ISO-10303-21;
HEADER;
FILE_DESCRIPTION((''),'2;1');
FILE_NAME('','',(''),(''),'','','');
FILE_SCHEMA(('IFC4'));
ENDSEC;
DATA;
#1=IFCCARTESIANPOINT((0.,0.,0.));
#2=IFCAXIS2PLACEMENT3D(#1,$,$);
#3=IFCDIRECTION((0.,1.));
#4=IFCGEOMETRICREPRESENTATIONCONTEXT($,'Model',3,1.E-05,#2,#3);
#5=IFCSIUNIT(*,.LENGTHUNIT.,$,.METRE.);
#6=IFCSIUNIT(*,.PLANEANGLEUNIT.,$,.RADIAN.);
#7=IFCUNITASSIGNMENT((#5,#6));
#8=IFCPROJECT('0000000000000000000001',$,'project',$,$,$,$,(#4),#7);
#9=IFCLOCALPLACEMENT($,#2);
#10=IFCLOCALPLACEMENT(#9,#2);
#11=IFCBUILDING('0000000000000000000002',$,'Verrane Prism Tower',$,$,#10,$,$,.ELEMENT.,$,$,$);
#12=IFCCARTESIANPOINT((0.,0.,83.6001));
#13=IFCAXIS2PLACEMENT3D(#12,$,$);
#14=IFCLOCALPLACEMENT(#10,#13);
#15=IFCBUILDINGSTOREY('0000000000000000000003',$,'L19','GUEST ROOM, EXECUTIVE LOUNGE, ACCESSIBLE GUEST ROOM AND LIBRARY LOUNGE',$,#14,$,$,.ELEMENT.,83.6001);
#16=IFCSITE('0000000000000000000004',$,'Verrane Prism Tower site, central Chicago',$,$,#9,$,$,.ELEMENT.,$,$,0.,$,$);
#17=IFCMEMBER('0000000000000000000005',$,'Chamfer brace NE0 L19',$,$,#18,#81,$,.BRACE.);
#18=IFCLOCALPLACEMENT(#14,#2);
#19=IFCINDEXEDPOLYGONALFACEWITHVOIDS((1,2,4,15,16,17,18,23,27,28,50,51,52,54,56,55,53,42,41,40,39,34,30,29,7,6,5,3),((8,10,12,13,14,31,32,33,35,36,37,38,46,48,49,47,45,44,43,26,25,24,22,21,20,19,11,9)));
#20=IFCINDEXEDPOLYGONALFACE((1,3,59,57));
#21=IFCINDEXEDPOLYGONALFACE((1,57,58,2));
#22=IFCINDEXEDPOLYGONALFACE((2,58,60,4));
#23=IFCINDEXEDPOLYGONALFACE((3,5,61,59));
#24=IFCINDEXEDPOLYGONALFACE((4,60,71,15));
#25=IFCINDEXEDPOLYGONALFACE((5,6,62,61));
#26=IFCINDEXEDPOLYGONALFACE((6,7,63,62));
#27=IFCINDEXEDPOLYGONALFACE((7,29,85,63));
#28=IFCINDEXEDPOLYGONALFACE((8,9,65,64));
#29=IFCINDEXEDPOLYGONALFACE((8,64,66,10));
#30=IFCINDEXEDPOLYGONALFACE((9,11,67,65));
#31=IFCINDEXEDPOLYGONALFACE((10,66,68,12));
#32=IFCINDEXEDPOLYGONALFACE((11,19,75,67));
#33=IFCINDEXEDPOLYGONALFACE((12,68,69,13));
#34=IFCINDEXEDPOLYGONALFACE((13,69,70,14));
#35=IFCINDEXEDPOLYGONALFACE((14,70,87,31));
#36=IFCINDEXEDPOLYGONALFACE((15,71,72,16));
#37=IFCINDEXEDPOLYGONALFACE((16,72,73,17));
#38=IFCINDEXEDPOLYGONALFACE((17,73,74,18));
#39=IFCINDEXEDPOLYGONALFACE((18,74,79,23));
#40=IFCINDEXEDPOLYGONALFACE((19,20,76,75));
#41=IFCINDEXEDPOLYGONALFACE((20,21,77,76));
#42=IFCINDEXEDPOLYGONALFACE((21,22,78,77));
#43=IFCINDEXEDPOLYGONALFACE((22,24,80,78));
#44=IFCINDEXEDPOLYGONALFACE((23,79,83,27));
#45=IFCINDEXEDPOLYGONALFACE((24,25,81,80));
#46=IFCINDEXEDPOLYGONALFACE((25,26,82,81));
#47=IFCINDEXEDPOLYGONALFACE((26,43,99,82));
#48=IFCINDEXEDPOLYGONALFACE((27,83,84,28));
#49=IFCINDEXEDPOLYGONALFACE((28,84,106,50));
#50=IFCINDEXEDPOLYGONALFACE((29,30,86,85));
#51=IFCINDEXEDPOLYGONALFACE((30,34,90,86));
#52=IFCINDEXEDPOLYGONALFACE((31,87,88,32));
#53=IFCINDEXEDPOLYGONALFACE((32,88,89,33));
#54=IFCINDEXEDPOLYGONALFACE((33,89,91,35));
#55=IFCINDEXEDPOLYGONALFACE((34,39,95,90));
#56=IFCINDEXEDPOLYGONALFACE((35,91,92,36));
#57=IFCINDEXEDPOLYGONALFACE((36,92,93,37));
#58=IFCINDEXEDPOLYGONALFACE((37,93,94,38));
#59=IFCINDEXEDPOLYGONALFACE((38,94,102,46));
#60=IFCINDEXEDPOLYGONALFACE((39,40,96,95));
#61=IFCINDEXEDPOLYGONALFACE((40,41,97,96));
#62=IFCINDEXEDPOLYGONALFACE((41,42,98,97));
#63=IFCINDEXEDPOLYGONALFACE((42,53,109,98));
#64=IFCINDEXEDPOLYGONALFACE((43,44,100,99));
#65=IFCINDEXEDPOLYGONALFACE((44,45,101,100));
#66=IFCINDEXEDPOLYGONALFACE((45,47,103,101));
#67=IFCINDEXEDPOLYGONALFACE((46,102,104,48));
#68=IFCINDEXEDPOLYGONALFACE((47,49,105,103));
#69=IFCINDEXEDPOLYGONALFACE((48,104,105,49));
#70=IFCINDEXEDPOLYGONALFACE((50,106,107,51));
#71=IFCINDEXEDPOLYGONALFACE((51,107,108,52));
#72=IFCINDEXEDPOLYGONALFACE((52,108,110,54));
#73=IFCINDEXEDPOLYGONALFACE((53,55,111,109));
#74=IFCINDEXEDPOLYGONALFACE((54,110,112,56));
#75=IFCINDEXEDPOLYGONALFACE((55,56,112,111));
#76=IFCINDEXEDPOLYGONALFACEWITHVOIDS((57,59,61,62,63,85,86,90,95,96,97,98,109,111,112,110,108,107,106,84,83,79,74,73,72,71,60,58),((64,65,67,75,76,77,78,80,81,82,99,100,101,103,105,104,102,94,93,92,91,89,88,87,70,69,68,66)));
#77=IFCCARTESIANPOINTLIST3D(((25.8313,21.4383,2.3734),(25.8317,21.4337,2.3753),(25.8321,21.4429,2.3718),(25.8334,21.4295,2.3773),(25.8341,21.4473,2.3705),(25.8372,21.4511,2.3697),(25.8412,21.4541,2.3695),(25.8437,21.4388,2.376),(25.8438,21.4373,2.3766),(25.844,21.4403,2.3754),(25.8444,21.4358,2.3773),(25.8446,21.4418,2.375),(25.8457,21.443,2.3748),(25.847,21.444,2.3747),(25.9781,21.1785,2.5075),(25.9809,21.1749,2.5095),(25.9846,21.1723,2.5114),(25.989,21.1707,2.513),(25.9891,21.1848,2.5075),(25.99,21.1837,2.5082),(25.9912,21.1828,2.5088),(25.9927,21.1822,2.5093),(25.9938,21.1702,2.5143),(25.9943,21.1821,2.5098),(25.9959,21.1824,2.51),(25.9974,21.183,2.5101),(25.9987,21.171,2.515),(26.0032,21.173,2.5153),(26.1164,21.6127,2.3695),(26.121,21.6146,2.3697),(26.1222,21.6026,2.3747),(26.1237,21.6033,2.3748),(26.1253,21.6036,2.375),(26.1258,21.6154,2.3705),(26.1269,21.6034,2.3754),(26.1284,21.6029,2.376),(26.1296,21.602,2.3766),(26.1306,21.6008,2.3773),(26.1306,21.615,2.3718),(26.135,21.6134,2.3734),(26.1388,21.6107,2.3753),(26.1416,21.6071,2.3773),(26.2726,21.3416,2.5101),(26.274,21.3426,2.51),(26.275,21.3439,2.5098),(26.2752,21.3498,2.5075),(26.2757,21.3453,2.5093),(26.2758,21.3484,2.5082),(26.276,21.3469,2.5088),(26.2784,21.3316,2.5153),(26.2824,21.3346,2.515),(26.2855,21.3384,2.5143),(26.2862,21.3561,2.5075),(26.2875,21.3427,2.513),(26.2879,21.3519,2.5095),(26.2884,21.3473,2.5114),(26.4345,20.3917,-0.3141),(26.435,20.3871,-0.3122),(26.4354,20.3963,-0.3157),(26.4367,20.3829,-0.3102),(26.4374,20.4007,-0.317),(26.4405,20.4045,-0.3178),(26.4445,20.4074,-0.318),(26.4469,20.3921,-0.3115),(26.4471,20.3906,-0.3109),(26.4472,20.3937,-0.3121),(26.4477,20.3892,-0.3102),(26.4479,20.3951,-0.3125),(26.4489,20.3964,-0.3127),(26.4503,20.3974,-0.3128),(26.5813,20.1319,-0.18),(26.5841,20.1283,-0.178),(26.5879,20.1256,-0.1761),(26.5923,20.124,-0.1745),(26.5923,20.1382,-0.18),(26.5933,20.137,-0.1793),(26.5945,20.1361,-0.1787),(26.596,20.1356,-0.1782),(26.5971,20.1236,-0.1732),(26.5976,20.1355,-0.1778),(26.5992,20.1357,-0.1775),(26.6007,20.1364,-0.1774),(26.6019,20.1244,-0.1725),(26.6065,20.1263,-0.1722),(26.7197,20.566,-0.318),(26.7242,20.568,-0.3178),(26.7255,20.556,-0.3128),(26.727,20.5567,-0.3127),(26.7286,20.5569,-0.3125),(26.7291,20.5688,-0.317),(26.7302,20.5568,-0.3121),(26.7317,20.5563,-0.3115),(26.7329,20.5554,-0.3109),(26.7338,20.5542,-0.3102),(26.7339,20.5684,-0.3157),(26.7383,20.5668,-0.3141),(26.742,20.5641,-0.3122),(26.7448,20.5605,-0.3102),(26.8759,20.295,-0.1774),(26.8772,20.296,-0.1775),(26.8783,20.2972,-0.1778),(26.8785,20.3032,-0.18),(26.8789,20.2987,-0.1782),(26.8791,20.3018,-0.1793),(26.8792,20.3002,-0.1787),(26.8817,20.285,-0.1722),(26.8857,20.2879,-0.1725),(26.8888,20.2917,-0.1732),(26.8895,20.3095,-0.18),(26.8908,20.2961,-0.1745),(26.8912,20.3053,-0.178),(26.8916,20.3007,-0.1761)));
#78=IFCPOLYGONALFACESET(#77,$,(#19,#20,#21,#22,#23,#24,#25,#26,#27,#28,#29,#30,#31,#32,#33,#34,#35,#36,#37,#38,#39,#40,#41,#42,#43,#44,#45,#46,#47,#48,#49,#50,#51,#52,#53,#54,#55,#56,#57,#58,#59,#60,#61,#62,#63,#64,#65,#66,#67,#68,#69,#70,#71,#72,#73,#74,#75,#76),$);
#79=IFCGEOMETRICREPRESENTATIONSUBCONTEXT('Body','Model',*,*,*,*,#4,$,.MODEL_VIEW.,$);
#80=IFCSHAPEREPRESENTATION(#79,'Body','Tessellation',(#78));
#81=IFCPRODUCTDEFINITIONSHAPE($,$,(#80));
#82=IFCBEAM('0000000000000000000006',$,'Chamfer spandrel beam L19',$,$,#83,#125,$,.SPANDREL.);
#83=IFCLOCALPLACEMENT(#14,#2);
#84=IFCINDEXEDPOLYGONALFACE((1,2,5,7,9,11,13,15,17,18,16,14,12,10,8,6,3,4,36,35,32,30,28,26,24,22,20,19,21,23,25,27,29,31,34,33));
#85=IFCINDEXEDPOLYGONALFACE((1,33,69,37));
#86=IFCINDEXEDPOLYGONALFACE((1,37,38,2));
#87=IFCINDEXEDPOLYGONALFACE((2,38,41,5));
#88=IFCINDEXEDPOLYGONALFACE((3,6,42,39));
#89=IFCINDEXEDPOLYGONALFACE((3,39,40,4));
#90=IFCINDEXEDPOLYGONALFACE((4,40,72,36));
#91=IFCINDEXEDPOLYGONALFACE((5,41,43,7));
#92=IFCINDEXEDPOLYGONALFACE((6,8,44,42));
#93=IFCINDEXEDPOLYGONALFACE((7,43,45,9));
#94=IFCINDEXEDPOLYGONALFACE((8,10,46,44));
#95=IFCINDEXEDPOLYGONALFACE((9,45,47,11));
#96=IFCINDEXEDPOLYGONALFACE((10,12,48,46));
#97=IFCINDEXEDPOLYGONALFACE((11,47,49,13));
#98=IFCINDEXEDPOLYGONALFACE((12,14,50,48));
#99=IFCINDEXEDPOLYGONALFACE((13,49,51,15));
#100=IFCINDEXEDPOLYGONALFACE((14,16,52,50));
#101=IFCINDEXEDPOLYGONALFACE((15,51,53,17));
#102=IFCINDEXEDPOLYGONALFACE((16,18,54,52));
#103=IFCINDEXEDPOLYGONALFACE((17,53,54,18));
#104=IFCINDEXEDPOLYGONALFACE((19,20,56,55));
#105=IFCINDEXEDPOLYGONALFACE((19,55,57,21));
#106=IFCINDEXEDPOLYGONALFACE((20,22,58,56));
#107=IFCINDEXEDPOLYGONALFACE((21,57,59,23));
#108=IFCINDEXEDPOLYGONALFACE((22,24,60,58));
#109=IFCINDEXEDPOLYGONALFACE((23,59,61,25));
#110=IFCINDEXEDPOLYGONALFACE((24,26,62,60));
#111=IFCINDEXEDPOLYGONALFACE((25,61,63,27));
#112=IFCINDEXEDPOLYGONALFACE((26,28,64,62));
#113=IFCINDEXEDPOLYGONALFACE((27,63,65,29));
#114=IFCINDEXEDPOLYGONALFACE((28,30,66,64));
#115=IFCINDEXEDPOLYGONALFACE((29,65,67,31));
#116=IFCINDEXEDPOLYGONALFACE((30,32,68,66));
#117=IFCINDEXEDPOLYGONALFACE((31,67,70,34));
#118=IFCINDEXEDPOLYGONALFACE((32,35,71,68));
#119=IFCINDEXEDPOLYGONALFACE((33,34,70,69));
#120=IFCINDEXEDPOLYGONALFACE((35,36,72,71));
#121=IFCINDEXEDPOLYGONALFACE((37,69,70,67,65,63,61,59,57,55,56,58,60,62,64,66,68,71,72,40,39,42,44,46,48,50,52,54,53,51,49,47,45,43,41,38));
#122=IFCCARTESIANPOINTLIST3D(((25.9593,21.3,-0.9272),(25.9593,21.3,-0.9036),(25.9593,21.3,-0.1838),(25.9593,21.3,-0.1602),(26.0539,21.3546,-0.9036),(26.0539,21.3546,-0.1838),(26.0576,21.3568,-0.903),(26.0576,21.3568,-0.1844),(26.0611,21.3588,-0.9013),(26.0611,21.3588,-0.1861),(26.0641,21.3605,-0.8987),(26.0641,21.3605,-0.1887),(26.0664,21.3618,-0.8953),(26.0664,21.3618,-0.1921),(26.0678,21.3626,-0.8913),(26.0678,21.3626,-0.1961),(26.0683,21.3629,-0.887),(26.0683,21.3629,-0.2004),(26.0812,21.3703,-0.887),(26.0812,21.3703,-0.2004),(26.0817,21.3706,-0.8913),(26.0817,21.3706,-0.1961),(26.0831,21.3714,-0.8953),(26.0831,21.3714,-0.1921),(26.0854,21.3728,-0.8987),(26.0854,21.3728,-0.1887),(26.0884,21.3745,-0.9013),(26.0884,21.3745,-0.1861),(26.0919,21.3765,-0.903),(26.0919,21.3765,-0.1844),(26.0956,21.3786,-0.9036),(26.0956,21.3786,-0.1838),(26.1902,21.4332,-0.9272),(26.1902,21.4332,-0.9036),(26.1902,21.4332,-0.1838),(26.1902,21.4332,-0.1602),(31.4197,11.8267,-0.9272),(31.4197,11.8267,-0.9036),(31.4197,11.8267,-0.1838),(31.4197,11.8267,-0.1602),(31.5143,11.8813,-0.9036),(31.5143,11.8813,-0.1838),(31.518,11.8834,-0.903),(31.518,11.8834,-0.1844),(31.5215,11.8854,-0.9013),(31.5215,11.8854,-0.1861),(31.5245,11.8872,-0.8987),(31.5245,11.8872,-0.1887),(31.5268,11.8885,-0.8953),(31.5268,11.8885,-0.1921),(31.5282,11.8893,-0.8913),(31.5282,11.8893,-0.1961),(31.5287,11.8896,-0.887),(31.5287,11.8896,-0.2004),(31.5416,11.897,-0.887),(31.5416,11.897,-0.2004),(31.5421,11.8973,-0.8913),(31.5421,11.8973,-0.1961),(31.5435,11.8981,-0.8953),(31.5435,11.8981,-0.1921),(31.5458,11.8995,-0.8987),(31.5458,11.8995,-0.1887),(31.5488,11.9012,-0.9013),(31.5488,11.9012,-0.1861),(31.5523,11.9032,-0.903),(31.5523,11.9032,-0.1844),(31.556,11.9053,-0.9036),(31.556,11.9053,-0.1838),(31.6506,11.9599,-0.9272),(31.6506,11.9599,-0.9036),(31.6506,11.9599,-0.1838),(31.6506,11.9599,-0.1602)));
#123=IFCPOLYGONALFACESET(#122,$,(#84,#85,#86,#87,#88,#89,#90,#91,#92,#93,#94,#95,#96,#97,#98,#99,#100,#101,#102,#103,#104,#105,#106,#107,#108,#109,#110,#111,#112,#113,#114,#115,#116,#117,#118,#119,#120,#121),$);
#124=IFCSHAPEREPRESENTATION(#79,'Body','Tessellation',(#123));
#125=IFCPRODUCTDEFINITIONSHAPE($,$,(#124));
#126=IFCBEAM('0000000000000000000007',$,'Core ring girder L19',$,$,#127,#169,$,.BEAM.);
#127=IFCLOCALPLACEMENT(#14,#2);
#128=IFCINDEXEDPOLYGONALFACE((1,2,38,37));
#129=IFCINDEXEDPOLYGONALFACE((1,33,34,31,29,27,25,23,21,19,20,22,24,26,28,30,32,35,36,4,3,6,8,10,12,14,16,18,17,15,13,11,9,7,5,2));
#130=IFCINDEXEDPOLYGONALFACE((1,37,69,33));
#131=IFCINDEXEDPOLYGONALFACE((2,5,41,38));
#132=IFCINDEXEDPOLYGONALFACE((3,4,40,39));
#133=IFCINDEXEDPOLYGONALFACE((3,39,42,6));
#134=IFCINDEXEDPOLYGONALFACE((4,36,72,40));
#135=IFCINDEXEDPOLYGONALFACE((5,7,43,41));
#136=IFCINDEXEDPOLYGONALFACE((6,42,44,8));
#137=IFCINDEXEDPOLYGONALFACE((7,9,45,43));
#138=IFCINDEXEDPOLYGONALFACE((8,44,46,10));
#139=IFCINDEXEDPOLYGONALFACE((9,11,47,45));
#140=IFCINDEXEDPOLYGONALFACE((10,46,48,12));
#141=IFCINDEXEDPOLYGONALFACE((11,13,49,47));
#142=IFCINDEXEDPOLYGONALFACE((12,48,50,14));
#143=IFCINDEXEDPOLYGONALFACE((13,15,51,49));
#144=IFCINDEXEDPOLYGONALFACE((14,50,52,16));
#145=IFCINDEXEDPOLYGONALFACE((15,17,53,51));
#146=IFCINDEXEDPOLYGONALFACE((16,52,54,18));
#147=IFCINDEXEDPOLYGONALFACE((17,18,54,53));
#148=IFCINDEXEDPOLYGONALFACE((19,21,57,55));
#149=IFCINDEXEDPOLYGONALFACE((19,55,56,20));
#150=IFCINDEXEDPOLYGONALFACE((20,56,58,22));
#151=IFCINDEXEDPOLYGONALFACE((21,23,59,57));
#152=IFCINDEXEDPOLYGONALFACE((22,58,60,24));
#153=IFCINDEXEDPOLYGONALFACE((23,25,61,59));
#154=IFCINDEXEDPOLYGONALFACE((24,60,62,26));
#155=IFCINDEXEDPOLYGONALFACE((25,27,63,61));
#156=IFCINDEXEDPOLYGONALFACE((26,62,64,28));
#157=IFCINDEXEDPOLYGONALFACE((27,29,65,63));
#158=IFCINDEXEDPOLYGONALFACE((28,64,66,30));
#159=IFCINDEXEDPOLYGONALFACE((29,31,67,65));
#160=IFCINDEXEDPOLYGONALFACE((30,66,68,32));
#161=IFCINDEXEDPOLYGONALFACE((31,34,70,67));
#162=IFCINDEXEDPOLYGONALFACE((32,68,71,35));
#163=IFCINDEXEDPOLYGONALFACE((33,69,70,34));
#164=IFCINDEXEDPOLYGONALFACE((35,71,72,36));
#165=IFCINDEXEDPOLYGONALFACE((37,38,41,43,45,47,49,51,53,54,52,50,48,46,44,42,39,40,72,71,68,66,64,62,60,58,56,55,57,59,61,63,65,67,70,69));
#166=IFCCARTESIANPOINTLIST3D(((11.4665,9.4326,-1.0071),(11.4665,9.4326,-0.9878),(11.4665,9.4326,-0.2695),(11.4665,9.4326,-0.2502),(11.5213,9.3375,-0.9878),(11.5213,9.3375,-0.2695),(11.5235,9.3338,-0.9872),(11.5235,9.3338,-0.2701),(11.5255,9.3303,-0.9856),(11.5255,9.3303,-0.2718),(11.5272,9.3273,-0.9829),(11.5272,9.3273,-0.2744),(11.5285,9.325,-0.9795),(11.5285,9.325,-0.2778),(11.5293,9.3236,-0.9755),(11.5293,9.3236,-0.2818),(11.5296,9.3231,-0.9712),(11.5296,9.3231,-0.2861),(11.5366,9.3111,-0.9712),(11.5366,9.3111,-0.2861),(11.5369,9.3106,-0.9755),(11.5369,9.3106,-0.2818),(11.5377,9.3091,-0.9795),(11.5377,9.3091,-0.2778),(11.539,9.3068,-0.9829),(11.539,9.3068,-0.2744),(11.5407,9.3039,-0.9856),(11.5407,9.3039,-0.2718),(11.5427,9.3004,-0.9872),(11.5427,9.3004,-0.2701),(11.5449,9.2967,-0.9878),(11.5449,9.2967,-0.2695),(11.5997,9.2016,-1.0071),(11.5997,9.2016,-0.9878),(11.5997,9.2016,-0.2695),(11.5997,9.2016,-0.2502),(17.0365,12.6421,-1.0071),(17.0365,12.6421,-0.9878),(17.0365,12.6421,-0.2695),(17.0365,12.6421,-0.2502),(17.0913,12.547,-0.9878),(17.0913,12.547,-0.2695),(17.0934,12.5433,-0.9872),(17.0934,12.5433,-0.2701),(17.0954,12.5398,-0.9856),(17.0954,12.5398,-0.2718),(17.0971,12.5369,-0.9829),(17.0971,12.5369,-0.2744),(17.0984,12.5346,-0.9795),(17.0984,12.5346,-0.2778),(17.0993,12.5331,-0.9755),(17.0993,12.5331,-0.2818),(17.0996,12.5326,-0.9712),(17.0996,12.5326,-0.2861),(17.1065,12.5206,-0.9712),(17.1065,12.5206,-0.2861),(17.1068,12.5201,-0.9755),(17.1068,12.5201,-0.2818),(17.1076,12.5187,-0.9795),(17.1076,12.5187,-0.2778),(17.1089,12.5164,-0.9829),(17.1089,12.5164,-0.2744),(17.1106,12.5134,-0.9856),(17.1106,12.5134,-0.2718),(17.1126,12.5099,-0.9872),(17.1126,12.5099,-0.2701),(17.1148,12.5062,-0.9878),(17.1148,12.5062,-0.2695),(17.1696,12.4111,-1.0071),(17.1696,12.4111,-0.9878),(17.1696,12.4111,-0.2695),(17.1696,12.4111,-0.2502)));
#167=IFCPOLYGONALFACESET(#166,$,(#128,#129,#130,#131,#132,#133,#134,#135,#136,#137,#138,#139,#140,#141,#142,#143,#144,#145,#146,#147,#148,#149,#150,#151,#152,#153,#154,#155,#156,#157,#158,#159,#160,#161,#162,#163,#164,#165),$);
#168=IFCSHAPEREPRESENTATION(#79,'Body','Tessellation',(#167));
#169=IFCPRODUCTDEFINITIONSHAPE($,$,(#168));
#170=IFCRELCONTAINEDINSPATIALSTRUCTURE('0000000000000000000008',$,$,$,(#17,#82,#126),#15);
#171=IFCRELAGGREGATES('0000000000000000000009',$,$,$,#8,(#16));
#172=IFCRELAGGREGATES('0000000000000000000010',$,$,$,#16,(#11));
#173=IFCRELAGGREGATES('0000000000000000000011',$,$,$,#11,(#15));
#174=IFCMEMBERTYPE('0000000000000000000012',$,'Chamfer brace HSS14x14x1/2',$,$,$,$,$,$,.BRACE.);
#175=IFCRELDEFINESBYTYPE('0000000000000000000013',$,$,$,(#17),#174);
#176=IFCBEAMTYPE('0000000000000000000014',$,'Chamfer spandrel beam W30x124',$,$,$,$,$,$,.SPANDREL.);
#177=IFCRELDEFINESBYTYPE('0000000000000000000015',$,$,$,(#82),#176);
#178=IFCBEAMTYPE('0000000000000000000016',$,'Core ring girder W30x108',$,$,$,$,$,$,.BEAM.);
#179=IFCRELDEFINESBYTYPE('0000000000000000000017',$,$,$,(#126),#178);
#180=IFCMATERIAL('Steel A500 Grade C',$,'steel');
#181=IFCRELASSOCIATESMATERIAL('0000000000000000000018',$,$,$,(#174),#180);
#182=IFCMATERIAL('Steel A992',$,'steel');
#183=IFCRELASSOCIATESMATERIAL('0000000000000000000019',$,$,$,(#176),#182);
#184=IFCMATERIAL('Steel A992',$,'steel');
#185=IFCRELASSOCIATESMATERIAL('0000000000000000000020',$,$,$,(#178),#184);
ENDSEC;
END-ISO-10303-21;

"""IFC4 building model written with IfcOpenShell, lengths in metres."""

from ifc_helpers import new_model, si_unit, direction, frame, origin, origin_2d, place, context, subcontext, project, spatial, hollow_rectangle, i_section, extrude, material, material_profile, profile_set, type_object, element, save


model = new_model("IFC4")

# Units and contexts
model_context = context("Model", 3, precision=1e-05, world=origin(), true_north=direction((0.0, 1.0)))
body_context = subcontext(model_context, "Body", "Model", "MODEL_VIEW")
ifc_project = project(units=[si_unit("LENGTHUNIT", "METRE"), si_unit("PLANEANGLEUNIT", "RADIAN")], contexts=[model_context])

# Site, building, storey
site_placement = place(None, origin())
site = spatial("IfcSite", under=ifc_project, at=site_placement, Name="Verrane Prism Tower site, central Chicago", CompositionType="ELEMENT", RefElevation=0.0)
building_placement = place(site_placement, origin())
building = spatial("IfcBuilding", under=site, at=building_placement, Name="Verrane Prism Tower", CompositionType="ELEMENT")
storey_placement = place(building_placement, frame((0.0, 0.0, 83.6001)))
storey = spatial("IfcBuildingStorey", under=building, at=storey_placement, Name="L19", Description="GUEST ROOM, EXECUTIVE LOUNGE, ACCESSIBLE GUEST ROOM AND LIBRARY LOUNGE", CompositionType="ELEMENT", Elevation=83.6001)

# Member
ifc_material_1 = material(Name="Steel A500 Grade C", Category="steel")
ifc_material_profile_1 = material_profile(ifc_material_1, hollow_rectangle(XDim=0.3557, YDim=0.3557, WallThickness=0.0127, InnerFilletRadius=0.0063, OuterFilletRadius=0.019, at=origin_2d()), Name="HSS14x14x1/2")
ifc_profile_set_1 = profile_set([ifc_material_profile_1], Name="Steel A500 Grade C")
member_type_1 = type_object("IfcMemberType", Name="Chamfer brace HSS14x14x1/2", PredefinedType="BRACE", material=ifc_profile_set_1)
member_1_placement = place(storey_placement, frame((26.6631, 20.3462, -0.2451), z_axis=(-0.20474, 0.355208, 0.91209), x_axis=(-0.866384, -0.499378, 0.0)))
element("IfcMember", 1, at=member_1_placement, inside=storey, type_object=member_type_1, Name="Chamfer brace NE0 L19", PredefinedType="BRACE", context=body_context, shape_type="SweptSolid", body=[
    extrude(hollow_rectangle(XDim=0.3557, YDim=0.3557, WallThickness=0.0127, InnerFilletRadius=0.0063, OuterFilletRadius=0.019, at=origin_2d()), origin(), (0.0, 0.0, 1.0), 2.9465),
])

# Beams
ifc_material_2 = material(Name="Steel A992", Category="steel")
ifc_material_profile_2 = material_profile(ifc_material_2, i_section(OverallWidth=0.2666, OverallDepth=0.7671, WebThickness=0.0149, FlangeThickness=0.0237, FilletRadius=0.0166, at=origin_2d()), Name="W30x124")
ifc_profile_set_2 = profile_set([ifc_material_profile_2], Name="Steel A992")
beam_type_1 = type_object("IfcBeamType", Name="Chamfer spandrel beam W30x124", PredefinedType="SPANDREL", material=ifc_profile_set_2)
beam_1_placement = place(storey_placement, frame((31.5352, 11.8933, -0.5437), z_axis=(-0.499382, 0.866382, 0.0), x_axis=(-0.866382, -0.499382, 0.0)))
element("IfcBeam", 2, at=beam_1_placement, inside=storey, type_object=beam_type_1, Name="Chamfer spandrel beam L19", PredefinedType="SPANDREL", context=body_context, shape_type="SweptSolid", body=[
    extrude(i_section(OverallWidth=0.2666, OverallDepth=0.7671, WebThickness=0.0149, FlangeThickness=0.0237, FilletRadius=0.0166, at=origin_2d()), origin(), (0.0, 0.0, 1.0), 10.9343),
])
ifc_material_3 = material(Name="Steel A992", Category="steel")
ifc_material_profile_3 = material_profile(ifc_material_3, i_section(OverallWidth=0.2666, OverallDepth=0.7568, WebThickness=0.0139, FlangeThickness=0.0193, FilletRadius=0.0166, at=origin_2d()), Name="W30x108")
ifc_profile_set_3 = profile_set([ifc_material_profile_3], Name="Steel A992")
beam_type_2 = type_object("IfcBeamType", Name="Core ring girder W30x108", PredefinedType="BEAM", material=ifc_profile_set_3)
beam_2_placement = place(storey_placement, frame((17.103, 12.5266, -0.6287), z_axis=(-0.866447, -0.499269, 0.0), x_axis=(0.499269, -0.866447, 0.0)))
element("IfcBeam", 3, at=beam_2_placement, inside=storey, type_object=beam_type_2, Name="Core ring girder L19", PredefinedType="BEAM", context=body_context, shape_type="SweptSolid", body=[
    extrude(i_section(OverallWidth=0.2666, OverallDepth=0.7568, WebThickness=0.0139, FlangeThickness=0.0193, FilletRadius=0.0166, at=origin_2d()), origin(), (0.0, 0.0, 1.0), 6.4285),
])

save(model, "model.ifc")
